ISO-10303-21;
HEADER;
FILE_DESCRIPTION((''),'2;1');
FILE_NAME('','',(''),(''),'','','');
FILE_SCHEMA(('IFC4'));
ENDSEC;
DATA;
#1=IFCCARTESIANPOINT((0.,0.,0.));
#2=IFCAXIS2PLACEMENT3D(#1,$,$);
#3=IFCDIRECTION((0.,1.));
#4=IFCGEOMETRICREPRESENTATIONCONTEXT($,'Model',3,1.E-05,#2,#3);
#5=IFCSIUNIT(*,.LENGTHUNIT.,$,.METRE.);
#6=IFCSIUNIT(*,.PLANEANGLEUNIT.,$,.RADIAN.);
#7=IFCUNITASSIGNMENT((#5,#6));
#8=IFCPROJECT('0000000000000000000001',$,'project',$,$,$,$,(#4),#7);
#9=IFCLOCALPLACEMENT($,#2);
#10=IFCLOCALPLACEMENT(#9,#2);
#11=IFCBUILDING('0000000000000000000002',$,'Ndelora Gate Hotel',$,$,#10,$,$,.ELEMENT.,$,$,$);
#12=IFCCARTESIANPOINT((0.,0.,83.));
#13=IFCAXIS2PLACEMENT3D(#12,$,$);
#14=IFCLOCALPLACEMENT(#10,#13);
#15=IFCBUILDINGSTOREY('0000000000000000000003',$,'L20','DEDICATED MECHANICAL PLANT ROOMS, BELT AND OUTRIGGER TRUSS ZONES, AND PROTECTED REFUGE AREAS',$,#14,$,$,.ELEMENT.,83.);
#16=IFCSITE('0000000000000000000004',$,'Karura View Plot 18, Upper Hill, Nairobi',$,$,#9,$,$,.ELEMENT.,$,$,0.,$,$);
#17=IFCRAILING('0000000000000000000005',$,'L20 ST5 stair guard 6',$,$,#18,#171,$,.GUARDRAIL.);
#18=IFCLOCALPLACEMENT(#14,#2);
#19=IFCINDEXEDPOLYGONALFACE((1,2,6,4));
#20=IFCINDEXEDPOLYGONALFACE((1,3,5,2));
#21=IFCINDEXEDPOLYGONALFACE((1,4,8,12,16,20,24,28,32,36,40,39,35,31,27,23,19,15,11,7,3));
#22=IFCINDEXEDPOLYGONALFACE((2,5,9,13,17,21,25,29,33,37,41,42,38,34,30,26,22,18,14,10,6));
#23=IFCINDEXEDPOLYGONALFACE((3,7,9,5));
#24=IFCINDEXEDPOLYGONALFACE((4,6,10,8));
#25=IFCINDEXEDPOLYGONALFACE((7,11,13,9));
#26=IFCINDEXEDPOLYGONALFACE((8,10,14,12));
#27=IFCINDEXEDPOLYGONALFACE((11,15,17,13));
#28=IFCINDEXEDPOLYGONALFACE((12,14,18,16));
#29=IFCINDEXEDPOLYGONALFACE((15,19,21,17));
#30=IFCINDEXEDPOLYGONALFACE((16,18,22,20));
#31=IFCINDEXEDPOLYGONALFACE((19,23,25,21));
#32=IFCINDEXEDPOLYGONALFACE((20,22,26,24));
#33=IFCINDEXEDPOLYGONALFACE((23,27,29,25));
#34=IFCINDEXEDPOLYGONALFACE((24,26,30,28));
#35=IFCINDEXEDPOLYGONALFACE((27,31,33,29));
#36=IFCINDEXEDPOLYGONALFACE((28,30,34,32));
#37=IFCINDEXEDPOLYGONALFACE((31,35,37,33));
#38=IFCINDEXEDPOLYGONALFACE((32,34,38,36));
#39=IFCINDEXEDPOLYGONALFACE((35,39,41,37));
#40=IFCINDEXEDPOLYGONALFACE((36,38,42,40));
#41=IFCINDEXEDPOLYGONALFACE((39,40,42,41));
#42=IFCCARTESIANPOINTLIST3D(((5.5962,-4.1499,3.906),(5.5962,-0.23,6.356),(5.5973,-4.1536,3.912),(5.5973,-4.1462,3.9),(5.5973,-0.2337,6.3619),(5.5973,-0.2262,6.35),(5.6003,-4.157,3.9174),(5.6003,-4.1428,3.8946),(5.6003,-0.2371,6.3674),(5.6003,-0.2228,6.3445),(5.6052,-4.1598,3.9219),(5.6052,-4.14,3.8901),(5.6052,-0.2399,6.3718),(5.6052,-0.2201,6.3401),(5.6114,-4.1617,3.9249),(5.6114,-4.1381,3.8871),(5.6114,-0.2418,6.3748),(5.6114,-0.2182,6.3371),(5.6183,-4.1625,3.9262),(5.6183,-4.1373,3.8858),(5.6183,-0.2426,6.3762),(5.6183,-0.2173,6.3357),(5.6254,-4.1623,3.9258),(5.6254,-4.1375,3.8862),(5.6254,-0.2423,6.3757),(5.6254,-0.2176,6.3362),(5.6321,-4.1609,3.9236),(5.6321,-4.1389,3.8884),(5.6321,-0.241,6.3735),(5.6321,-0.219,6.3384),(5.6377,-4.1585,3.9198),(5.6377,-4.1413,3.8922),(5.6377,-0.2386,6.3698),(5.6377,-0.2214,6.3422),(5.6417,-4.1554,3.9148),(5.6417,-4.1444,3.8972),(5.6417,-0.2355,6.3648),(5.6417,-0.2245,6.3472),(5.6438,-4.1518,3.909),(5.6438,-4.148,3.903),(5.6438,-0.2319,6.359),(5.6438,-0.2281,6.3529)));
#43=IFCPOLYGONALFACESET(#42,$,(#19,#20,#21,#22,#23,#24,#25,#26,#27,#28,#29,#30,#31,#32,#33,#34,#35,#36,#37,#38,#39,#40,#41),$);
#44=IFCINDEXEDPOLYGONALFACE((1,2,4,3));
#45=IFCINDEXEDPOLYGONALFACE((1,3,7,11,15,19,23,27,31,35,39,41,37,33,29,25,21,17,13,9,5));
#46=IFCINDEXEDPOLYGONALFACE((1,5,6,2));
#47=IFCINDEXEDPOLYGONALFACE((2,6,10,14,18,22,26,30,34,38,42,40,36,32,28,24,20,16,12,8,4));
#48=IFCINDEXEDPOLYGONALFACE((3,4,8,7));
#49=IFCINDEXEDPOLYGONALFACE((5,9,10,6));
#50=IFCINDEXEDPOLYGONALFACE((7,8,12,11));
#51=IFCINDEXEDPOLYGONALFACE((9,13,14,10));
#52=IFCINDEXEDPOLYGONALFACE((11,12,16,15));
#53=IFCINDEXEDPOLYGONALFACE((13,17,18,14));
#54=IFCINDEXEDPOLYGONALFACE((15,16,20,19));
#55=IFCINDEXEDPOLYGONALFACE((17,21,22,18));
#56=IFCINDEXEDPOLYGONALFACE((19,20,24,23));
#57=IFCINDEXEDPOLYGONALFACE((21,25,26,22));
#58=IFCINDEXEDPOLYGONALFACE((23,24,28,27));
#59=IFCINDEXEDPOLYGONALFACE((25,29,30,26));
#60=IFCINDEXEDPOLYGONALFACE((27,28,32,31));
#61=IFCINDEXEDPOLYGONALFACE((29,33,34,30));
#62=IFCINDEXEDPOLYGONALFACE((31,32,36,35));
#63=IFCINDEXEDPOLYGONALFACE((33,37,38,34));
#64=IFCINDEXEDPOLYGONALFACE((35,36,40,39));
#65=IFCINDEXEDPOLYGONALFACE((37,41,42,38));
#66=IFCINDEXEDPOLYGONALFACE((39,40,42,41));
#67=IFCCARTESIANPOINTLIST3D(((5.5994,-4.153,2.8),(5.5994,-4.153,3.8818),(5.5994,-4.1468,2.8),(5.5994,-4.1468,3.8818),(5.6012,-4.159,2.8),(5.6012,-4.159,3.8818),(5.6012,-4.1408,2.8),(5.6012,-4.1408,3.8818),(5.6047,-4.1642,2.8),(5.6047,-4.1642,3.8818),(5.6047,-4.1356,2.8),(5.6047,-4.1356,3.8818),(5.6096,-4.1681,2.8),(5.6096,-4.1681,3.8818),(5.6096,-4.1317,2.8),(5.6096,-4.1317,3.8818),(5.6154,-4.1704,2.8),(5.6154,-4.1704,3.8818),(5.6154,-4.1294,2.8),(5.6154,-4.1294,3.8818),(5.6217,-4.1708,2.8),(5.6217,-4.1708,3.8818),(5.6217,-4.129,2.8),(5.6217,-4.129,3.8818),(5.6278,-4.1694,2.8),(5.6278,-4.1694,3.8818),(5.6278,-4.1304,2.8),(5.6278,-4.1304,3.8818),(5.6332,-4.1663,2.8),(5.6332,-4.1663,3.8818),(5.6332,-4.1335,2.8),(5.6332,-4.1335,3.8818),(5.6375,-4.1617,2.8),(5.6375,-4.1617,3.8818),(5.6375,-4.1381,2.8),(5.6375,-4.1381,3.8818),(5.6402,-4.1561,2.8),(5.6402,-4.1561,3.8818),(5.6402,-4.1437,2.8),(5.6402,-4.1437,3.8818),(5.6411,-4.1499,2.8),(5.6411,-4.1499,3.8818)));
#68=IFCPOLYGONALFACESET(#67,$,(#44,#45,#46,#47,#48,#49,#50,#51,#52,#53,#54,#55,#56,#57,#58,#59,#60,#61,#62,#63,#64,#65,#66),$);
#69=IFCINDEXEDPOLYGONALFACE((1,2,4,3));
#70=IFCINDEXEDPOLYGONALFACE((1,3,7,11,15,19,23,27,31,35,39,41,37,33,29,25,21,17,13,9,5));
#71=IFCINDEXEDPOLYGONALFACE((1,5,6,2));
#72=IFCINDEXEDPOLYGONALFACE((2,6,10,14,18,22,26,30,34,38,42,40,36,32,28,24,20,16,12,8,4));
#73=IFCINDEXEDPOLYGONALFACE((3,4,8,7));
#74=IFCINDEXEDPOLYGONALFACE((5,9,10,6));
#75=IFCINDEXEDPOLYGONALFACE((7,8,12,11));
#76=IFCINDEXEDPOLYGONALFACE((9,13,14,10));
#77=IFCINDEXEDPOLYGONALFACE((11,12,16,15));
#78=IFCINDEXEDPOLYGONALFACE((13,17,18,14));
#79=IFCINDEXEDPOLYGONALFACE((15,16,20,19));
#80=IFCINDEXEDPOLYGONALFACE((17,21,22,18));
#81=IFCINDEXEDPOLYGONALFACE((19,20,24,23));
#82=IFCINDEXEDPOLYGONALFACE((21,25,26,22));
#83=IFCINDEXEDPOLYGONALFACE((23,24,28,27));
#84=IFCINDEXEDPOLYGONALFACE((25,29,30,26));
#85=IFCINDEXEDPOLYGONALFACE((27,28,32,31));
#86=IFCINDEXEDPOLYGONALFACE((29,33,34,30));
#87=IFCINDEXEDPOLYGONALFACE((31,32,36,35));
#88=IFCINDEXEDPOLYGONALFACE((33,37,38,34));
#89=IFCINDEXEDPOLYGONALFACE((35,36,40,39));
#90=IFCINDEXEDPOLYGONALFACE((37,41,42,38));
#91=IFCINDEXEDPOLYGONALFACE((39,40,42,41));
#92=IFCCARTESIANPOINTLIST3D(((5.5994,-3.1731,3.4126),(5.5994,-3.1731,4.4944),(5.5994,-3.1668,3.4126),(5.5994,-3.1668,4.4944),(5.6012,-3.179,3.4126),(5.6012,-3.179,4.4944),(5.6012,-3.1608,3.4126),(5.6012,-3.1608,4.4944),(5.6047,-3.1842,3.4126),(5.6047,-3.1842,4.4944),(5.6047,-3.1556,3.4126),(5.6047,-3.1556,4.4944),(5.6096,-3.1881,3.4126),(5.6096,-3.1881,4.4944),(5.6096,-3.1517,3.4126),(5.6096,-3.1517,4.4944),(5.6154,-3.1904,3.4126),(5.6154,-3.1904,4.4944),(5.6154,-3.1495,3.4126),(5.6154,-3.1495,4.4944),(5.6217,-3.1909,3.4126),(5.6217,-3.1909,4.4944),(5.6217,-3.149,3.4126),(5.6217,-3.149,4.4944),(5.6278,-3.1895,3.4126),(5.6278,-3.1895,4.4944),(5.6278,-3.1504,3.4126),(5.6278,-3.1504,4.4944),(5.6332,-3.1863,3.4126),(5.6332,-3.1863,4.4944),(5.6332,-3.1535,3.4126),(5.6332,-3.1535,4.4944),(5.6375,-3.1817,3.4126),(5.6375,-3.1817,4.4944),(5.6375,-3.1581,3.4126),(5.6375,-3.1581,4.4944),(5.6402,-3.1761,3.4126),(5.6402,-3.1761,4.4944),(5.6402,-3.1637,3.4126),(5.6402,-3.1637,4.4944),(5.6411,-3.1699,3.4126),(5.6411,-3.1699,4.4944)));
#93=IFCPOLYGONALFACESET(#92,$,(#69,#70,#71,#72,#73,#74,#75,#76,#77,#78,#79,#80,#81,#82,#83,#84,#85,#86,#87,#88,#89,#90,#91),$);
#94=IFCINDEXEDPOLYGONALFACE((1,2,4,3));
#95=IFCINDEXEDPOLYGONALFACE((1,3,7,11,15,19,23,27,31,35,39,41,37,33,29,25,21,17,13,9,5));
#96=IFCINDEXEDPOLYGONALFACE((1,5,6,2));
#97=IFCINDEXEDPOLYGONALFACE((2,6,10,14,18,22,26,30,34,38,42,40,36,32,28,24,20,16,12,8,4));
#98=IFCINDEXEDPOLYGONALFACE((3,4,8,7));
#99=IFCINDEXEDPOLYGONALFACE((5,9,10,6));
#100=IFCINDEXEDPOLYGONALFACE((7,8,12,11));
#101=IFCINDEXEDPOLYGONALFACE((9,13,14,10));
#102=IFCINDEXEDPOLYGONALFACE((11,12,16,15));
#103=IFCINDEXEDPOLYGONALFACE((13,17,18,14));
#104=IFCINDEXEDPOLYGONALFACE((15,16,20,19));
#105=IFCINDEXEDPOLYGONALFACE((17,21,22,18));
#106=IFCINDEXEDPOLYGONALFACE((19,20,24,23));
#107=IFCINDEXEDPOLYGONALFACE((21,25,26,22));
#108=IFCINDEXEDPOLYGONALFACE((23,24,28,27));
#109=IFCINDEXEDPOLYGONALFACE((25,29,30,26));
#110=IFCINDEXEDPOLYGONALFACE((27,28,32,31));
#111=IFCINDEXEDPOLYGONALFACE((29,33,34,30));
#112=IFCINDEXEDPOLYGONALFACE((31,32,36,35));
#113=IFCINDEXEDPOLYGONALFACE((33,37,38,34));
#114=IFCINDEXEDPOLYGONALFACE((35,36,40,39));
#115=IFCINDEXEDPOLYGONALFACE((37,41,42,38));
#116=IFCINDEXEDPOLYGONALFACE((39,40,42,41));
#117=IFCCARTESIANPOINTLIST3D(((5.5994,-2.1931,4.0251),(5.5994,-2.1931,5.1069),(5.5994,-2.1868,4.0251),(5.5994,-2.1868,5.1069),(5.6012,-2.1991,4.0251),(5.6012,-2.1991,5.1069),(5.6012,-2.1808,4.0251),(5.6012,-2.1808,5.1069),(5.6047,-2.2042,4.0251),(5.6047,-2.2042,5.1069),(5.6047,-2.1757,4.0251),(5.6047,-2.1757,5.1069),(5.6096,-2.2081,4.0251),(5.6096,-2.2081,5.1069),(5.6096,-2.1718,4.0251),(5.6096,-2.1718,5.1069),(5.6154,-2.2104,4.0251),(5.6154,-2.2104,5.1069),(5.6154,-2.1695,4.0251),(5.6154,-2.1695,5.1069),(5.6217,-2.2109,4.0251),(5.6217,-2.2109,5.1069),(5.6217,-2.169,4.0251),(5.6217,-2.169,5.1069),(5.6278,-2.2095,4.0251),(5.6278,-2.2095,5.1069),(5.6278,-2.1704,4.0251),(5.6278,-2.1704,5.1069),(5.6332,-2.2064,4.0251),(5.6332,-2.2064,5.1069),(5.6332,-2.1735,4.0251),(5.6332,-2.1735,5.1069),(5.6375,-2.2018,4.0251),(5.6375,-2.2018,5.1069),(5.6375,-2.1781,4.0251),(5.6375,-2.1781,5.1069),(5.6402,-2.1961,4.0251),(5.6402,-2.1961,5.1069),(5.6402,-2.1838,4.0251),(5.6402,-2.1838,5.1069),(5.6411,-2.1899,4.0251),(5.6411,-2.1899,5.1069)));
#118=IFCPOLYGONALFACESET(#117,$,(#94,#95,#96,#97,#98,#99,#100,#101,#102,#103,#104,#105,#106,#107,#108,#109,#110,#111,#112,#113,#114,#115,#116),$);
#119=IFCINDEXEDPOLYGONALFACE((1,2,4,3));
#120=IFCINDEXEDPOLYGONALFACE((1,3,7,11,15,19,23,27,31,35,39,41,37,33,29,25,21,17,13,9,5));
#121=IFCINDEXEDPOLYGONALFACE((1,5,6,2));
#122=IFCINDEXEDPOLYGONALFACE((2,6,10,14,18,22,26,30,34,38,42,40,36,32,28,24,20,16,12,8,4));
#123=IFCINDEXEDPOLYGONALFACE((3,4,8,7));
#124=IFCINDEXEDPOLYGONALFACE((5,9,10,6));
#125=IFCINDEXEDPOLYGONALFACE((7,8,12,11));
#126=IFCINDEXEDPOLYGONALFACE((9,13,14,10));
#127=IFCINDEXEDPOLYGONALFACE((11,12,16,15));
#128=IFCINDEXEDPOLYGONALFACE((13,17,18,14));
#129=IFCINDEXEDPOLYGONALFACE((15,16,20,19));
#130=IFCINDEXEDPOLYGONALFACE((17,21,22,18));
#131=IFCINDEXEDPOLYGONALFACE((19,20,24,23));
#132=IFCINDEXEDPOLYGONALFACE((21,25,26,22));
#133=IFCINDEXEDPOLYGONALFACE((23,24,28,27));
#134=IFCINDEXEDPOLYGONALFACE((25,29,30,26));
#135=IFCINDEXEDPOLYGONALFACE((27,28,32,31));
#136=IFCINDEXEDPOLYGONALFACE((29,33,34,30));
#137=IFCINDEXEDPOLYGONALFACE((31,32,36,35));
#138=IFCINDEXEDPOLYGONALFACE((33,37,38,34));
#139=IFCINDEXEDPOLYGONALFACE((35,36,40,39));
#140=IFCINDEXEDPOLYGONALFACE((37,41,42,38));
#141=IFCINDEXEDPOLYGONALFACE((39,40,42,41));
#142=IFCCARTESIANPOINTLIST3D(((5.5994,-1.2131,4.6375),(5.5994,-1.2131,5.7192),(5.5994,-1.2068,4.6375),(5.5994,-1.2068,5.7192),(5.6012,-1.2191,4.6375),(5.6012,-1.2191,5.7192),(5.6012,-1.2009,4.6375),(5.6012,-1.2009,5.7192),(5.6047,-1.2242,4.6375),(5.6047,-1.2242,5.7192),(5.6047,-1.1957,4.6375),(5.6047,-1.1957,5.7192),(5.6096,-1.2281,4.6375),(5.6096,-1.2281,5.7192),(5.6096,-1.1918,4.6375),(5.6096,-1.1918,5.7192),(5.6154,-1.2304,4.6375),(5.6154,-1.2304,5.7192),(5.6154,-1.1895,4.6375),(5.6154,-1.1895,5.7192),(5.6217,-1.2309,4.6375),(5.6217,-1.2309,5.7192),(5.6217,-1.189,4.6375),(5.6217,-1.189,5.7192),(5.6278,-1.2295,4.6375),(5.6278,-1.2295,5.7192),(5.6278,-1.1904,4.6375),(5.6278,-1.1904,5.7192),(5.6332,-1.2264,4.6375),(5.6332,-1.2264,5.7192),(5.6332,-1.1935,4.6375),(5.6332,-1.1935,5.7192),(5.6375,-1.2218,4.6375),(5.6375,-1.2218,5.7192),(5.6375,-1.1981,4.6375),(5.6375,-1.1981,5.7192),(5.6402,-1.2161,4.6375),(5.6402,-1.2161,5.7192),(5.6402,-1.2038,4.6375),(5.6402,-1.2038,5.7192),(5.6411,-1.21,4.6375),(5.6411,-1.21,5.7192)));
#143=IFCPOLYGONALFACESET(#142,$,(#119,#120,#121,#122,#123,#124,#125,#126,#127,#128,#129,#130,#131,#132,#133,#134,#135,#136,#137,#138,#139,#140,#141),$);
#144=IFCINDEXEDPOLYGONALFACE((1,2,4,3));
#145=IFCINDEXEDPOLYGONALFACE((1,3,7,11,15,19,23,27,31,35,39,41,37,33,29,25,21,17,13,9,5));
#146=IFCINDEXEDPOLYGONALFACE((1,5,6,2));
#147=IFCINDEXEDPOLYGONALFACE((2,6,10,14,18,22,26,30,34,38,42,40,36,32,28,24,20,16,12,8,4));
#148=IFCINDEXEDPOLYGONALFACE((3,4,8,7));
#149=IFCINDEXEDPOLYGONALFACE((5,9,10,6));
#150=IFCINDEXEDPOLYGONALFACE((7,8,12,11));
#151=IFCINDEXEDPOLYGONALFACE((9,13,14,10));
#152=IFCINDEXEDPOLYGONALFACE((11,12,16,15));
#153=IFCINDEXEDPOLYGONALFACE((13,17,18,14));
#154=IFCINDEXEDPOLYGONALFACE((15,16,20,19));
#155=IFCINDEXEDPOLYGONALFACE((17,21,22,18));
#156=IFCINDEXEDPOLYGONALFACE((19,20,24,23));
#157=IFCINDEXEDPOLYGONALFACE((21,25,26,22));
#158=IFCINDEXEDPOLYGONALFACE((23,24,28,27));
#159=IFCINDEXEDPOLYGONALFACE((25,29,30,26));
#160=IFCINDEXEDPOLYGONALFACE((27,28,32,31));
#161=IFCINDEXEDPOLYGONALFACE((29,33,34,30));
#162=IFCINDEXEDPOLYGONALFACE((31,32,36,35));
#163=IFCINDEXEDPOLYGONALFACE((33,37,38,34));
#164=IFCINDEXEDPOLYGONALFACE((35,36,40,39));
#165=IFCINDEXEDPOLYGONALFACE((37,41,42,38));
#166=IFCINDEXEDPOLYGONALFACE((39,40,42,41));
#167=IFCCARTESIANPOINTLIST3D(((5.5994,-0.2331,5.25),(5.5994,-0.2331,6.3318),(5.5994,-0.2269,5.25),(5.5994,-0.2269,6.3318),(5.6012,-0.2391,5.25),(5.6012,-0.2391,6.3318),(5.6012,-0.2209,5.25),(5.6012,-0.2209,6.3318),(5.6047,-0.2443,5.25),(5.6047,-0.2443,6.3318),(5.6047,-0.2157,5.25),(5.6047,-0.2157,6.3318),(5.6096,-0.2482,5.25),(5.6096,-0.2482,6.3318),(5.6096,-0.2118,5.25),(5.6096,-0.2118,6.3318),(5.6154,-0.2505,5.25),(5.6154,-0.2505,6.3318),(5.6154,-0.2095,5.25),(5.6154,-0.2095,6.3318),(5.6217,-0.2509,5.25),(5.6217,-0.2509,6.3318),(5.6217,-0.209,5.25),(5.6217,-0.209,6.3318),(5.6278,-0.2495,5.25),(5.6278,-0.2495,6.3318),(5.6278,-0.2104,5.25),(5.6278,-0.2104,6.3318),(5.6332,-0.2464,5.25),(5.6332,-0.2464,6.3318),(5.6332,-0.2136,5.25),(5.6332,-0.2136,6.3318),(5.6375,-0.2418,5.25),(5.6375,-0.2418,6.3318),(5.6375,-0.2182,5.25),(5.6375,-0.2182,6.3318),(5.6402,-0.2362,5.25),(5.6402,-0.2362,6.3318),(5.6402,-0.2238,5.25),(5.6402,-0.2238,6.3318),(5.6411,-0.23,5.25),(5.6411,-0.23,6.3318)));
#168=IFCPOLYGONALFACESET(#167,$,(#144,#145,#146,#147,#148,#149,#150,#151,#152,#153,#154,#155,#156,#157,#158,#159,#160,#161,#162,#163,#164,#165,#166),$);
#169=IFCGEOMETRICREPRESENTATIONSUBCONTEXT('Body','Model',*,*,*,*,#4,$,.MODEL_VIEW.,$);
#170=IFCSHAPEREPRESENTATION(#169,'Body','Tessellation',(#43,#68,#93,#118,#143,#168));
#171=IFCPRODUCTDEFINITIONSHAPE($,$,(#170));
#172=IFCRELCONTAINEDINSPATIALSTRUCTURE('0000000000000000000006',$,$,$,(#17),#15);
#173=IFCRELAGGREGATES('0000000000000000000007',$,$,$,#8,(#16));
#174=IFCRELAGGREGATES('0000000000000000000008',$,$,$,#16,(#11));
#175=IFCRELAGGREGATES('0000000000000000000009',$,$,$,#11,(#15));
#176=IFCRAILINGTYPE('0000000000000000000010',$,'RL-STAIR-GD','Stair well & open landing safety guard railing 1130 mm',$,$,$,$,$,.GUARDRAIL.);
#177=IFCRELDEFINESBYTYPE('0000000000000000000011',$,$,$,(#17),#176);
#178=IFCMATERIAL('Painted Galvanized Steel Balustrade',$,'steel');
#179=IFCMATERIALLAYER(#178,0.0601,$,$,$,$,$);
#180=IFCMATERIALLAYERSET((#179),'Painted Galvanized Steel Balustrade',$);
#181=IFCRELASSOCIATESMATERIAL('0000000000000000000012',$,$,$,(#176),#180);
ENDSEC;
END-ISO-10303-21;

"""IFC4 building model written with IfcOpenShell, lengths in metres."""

from ifc_helpers import new_model, si_unit, direction, frame, origin, origin_2d, place, context, subcontext, project, spatial, circle, extrude, material, layer, layer_set, type_object, element, save


model = new_model("IFC4")

# Units and contexts
model_context = context("Model", 3, precision=1e-05, world=origin(), true_north=direction((0.0, 1.0)))
body_context = subcontext(model_context, "Body", "Model", "MODEL_VIEW")
ifc_project = project(units=[si_unit("LENGTHUNIT", "METRE"), si_unit("PLANEANGLEUNIT", "RADIAN")], contexts=[model_context])

# Site, building, storey
site_placement = place(None, origin())
site = spatial("IfcSite", under=ifc_project, at=site_placement, Name="Karura View Plot 18, Upper Hill, Nairobi", CompositionType="ELEMENT", RefElevation=0.0)
building_placement = place(site_placement, origin())
building = spatial("IfcBuilding", under=site, at=building_placement, Name="Ndelora Gate Hotel", CompositionType="ELEMENT")
storey_placement = place(building_placement, frame((0.0, 0.0, 83.0)))
storey = spatial("IfcBuildingStorey", under=building, at=storey_placement, Name="L20", Description="DEDICATED MECHANICAL PLANT ROOMS, BELT AND OUTRIGGER TRUSS ZONES, AND PROTECTED REFUGE AREAS", CompositionType="ELEMENT", Elevation=83.0)

# Railing
ifc_material_1 = material(Name="Painted Galvanized Steel Balustrade", Category="steel")
ifc_layer_1 = layer(ifc_material_1, 0.0601)
ifc_layer_set_1 = layer_set([ifc_layer_1], Name="Painted Galvanized Steel Balustrade")
railing_type_1 = type_object("IfcRailingType", Name="RL-STAIR-GD", Description="Stair well & open landing safety guard railing 1130 mm", PredefinedType="GUARDRAIL", material=ifc_layer_set_1)
railing_1_placement = place(storey_placement, frame((5.6201, -4.1499, 2.8)))
element("IfcRailing", 1, at=railing_1_placement, inside=storey, type_object=railing_type_1, Name="L20 ST5 stair guard 6", PredefinedType="GUARDRAIL", context=body_context, shape_type="SweptSolid", body=[
    extrude(circle(Radius=0.0239, at=origin_2d()), frame((0.0, 0.0, 1.106), z_axis=(0.0, 0.847998, 0.529999), x_axis=(-1.0, 0.0, 0.0)), (0.0, 0.0, 1.0), 4.6226),
    extrude(circle(Radius=0.021, at=origin_2d()), origin(), (0.0, 0.0, 1.0), 1.0818),
    extrude(circle(Radius=0.021, at=origin_2d()), frame((0.0, 0.98, 0.6125)), (0.0, 0.0, 1.0), 1.0818),
    extrude(circle(Radius=0.021, at=origin_2d()), frame((0.0, 1.96, 1.2251)), (0.0, 0.0, 1.0), 1.0818),
    extrude(circle(Radius=0.021, at=origin_2d()), frame((0.0, 2.9399, 1.8374)), (0.0, 0.0, 1.0), 1.0818),
    extrude(circle(Radius=0.021, at=origin_2d()), frame((0.0, 3.9199, 2.45)), (0.0, 0.0, 1.0), 1.0818),
])

save(model, "model.ifc")
